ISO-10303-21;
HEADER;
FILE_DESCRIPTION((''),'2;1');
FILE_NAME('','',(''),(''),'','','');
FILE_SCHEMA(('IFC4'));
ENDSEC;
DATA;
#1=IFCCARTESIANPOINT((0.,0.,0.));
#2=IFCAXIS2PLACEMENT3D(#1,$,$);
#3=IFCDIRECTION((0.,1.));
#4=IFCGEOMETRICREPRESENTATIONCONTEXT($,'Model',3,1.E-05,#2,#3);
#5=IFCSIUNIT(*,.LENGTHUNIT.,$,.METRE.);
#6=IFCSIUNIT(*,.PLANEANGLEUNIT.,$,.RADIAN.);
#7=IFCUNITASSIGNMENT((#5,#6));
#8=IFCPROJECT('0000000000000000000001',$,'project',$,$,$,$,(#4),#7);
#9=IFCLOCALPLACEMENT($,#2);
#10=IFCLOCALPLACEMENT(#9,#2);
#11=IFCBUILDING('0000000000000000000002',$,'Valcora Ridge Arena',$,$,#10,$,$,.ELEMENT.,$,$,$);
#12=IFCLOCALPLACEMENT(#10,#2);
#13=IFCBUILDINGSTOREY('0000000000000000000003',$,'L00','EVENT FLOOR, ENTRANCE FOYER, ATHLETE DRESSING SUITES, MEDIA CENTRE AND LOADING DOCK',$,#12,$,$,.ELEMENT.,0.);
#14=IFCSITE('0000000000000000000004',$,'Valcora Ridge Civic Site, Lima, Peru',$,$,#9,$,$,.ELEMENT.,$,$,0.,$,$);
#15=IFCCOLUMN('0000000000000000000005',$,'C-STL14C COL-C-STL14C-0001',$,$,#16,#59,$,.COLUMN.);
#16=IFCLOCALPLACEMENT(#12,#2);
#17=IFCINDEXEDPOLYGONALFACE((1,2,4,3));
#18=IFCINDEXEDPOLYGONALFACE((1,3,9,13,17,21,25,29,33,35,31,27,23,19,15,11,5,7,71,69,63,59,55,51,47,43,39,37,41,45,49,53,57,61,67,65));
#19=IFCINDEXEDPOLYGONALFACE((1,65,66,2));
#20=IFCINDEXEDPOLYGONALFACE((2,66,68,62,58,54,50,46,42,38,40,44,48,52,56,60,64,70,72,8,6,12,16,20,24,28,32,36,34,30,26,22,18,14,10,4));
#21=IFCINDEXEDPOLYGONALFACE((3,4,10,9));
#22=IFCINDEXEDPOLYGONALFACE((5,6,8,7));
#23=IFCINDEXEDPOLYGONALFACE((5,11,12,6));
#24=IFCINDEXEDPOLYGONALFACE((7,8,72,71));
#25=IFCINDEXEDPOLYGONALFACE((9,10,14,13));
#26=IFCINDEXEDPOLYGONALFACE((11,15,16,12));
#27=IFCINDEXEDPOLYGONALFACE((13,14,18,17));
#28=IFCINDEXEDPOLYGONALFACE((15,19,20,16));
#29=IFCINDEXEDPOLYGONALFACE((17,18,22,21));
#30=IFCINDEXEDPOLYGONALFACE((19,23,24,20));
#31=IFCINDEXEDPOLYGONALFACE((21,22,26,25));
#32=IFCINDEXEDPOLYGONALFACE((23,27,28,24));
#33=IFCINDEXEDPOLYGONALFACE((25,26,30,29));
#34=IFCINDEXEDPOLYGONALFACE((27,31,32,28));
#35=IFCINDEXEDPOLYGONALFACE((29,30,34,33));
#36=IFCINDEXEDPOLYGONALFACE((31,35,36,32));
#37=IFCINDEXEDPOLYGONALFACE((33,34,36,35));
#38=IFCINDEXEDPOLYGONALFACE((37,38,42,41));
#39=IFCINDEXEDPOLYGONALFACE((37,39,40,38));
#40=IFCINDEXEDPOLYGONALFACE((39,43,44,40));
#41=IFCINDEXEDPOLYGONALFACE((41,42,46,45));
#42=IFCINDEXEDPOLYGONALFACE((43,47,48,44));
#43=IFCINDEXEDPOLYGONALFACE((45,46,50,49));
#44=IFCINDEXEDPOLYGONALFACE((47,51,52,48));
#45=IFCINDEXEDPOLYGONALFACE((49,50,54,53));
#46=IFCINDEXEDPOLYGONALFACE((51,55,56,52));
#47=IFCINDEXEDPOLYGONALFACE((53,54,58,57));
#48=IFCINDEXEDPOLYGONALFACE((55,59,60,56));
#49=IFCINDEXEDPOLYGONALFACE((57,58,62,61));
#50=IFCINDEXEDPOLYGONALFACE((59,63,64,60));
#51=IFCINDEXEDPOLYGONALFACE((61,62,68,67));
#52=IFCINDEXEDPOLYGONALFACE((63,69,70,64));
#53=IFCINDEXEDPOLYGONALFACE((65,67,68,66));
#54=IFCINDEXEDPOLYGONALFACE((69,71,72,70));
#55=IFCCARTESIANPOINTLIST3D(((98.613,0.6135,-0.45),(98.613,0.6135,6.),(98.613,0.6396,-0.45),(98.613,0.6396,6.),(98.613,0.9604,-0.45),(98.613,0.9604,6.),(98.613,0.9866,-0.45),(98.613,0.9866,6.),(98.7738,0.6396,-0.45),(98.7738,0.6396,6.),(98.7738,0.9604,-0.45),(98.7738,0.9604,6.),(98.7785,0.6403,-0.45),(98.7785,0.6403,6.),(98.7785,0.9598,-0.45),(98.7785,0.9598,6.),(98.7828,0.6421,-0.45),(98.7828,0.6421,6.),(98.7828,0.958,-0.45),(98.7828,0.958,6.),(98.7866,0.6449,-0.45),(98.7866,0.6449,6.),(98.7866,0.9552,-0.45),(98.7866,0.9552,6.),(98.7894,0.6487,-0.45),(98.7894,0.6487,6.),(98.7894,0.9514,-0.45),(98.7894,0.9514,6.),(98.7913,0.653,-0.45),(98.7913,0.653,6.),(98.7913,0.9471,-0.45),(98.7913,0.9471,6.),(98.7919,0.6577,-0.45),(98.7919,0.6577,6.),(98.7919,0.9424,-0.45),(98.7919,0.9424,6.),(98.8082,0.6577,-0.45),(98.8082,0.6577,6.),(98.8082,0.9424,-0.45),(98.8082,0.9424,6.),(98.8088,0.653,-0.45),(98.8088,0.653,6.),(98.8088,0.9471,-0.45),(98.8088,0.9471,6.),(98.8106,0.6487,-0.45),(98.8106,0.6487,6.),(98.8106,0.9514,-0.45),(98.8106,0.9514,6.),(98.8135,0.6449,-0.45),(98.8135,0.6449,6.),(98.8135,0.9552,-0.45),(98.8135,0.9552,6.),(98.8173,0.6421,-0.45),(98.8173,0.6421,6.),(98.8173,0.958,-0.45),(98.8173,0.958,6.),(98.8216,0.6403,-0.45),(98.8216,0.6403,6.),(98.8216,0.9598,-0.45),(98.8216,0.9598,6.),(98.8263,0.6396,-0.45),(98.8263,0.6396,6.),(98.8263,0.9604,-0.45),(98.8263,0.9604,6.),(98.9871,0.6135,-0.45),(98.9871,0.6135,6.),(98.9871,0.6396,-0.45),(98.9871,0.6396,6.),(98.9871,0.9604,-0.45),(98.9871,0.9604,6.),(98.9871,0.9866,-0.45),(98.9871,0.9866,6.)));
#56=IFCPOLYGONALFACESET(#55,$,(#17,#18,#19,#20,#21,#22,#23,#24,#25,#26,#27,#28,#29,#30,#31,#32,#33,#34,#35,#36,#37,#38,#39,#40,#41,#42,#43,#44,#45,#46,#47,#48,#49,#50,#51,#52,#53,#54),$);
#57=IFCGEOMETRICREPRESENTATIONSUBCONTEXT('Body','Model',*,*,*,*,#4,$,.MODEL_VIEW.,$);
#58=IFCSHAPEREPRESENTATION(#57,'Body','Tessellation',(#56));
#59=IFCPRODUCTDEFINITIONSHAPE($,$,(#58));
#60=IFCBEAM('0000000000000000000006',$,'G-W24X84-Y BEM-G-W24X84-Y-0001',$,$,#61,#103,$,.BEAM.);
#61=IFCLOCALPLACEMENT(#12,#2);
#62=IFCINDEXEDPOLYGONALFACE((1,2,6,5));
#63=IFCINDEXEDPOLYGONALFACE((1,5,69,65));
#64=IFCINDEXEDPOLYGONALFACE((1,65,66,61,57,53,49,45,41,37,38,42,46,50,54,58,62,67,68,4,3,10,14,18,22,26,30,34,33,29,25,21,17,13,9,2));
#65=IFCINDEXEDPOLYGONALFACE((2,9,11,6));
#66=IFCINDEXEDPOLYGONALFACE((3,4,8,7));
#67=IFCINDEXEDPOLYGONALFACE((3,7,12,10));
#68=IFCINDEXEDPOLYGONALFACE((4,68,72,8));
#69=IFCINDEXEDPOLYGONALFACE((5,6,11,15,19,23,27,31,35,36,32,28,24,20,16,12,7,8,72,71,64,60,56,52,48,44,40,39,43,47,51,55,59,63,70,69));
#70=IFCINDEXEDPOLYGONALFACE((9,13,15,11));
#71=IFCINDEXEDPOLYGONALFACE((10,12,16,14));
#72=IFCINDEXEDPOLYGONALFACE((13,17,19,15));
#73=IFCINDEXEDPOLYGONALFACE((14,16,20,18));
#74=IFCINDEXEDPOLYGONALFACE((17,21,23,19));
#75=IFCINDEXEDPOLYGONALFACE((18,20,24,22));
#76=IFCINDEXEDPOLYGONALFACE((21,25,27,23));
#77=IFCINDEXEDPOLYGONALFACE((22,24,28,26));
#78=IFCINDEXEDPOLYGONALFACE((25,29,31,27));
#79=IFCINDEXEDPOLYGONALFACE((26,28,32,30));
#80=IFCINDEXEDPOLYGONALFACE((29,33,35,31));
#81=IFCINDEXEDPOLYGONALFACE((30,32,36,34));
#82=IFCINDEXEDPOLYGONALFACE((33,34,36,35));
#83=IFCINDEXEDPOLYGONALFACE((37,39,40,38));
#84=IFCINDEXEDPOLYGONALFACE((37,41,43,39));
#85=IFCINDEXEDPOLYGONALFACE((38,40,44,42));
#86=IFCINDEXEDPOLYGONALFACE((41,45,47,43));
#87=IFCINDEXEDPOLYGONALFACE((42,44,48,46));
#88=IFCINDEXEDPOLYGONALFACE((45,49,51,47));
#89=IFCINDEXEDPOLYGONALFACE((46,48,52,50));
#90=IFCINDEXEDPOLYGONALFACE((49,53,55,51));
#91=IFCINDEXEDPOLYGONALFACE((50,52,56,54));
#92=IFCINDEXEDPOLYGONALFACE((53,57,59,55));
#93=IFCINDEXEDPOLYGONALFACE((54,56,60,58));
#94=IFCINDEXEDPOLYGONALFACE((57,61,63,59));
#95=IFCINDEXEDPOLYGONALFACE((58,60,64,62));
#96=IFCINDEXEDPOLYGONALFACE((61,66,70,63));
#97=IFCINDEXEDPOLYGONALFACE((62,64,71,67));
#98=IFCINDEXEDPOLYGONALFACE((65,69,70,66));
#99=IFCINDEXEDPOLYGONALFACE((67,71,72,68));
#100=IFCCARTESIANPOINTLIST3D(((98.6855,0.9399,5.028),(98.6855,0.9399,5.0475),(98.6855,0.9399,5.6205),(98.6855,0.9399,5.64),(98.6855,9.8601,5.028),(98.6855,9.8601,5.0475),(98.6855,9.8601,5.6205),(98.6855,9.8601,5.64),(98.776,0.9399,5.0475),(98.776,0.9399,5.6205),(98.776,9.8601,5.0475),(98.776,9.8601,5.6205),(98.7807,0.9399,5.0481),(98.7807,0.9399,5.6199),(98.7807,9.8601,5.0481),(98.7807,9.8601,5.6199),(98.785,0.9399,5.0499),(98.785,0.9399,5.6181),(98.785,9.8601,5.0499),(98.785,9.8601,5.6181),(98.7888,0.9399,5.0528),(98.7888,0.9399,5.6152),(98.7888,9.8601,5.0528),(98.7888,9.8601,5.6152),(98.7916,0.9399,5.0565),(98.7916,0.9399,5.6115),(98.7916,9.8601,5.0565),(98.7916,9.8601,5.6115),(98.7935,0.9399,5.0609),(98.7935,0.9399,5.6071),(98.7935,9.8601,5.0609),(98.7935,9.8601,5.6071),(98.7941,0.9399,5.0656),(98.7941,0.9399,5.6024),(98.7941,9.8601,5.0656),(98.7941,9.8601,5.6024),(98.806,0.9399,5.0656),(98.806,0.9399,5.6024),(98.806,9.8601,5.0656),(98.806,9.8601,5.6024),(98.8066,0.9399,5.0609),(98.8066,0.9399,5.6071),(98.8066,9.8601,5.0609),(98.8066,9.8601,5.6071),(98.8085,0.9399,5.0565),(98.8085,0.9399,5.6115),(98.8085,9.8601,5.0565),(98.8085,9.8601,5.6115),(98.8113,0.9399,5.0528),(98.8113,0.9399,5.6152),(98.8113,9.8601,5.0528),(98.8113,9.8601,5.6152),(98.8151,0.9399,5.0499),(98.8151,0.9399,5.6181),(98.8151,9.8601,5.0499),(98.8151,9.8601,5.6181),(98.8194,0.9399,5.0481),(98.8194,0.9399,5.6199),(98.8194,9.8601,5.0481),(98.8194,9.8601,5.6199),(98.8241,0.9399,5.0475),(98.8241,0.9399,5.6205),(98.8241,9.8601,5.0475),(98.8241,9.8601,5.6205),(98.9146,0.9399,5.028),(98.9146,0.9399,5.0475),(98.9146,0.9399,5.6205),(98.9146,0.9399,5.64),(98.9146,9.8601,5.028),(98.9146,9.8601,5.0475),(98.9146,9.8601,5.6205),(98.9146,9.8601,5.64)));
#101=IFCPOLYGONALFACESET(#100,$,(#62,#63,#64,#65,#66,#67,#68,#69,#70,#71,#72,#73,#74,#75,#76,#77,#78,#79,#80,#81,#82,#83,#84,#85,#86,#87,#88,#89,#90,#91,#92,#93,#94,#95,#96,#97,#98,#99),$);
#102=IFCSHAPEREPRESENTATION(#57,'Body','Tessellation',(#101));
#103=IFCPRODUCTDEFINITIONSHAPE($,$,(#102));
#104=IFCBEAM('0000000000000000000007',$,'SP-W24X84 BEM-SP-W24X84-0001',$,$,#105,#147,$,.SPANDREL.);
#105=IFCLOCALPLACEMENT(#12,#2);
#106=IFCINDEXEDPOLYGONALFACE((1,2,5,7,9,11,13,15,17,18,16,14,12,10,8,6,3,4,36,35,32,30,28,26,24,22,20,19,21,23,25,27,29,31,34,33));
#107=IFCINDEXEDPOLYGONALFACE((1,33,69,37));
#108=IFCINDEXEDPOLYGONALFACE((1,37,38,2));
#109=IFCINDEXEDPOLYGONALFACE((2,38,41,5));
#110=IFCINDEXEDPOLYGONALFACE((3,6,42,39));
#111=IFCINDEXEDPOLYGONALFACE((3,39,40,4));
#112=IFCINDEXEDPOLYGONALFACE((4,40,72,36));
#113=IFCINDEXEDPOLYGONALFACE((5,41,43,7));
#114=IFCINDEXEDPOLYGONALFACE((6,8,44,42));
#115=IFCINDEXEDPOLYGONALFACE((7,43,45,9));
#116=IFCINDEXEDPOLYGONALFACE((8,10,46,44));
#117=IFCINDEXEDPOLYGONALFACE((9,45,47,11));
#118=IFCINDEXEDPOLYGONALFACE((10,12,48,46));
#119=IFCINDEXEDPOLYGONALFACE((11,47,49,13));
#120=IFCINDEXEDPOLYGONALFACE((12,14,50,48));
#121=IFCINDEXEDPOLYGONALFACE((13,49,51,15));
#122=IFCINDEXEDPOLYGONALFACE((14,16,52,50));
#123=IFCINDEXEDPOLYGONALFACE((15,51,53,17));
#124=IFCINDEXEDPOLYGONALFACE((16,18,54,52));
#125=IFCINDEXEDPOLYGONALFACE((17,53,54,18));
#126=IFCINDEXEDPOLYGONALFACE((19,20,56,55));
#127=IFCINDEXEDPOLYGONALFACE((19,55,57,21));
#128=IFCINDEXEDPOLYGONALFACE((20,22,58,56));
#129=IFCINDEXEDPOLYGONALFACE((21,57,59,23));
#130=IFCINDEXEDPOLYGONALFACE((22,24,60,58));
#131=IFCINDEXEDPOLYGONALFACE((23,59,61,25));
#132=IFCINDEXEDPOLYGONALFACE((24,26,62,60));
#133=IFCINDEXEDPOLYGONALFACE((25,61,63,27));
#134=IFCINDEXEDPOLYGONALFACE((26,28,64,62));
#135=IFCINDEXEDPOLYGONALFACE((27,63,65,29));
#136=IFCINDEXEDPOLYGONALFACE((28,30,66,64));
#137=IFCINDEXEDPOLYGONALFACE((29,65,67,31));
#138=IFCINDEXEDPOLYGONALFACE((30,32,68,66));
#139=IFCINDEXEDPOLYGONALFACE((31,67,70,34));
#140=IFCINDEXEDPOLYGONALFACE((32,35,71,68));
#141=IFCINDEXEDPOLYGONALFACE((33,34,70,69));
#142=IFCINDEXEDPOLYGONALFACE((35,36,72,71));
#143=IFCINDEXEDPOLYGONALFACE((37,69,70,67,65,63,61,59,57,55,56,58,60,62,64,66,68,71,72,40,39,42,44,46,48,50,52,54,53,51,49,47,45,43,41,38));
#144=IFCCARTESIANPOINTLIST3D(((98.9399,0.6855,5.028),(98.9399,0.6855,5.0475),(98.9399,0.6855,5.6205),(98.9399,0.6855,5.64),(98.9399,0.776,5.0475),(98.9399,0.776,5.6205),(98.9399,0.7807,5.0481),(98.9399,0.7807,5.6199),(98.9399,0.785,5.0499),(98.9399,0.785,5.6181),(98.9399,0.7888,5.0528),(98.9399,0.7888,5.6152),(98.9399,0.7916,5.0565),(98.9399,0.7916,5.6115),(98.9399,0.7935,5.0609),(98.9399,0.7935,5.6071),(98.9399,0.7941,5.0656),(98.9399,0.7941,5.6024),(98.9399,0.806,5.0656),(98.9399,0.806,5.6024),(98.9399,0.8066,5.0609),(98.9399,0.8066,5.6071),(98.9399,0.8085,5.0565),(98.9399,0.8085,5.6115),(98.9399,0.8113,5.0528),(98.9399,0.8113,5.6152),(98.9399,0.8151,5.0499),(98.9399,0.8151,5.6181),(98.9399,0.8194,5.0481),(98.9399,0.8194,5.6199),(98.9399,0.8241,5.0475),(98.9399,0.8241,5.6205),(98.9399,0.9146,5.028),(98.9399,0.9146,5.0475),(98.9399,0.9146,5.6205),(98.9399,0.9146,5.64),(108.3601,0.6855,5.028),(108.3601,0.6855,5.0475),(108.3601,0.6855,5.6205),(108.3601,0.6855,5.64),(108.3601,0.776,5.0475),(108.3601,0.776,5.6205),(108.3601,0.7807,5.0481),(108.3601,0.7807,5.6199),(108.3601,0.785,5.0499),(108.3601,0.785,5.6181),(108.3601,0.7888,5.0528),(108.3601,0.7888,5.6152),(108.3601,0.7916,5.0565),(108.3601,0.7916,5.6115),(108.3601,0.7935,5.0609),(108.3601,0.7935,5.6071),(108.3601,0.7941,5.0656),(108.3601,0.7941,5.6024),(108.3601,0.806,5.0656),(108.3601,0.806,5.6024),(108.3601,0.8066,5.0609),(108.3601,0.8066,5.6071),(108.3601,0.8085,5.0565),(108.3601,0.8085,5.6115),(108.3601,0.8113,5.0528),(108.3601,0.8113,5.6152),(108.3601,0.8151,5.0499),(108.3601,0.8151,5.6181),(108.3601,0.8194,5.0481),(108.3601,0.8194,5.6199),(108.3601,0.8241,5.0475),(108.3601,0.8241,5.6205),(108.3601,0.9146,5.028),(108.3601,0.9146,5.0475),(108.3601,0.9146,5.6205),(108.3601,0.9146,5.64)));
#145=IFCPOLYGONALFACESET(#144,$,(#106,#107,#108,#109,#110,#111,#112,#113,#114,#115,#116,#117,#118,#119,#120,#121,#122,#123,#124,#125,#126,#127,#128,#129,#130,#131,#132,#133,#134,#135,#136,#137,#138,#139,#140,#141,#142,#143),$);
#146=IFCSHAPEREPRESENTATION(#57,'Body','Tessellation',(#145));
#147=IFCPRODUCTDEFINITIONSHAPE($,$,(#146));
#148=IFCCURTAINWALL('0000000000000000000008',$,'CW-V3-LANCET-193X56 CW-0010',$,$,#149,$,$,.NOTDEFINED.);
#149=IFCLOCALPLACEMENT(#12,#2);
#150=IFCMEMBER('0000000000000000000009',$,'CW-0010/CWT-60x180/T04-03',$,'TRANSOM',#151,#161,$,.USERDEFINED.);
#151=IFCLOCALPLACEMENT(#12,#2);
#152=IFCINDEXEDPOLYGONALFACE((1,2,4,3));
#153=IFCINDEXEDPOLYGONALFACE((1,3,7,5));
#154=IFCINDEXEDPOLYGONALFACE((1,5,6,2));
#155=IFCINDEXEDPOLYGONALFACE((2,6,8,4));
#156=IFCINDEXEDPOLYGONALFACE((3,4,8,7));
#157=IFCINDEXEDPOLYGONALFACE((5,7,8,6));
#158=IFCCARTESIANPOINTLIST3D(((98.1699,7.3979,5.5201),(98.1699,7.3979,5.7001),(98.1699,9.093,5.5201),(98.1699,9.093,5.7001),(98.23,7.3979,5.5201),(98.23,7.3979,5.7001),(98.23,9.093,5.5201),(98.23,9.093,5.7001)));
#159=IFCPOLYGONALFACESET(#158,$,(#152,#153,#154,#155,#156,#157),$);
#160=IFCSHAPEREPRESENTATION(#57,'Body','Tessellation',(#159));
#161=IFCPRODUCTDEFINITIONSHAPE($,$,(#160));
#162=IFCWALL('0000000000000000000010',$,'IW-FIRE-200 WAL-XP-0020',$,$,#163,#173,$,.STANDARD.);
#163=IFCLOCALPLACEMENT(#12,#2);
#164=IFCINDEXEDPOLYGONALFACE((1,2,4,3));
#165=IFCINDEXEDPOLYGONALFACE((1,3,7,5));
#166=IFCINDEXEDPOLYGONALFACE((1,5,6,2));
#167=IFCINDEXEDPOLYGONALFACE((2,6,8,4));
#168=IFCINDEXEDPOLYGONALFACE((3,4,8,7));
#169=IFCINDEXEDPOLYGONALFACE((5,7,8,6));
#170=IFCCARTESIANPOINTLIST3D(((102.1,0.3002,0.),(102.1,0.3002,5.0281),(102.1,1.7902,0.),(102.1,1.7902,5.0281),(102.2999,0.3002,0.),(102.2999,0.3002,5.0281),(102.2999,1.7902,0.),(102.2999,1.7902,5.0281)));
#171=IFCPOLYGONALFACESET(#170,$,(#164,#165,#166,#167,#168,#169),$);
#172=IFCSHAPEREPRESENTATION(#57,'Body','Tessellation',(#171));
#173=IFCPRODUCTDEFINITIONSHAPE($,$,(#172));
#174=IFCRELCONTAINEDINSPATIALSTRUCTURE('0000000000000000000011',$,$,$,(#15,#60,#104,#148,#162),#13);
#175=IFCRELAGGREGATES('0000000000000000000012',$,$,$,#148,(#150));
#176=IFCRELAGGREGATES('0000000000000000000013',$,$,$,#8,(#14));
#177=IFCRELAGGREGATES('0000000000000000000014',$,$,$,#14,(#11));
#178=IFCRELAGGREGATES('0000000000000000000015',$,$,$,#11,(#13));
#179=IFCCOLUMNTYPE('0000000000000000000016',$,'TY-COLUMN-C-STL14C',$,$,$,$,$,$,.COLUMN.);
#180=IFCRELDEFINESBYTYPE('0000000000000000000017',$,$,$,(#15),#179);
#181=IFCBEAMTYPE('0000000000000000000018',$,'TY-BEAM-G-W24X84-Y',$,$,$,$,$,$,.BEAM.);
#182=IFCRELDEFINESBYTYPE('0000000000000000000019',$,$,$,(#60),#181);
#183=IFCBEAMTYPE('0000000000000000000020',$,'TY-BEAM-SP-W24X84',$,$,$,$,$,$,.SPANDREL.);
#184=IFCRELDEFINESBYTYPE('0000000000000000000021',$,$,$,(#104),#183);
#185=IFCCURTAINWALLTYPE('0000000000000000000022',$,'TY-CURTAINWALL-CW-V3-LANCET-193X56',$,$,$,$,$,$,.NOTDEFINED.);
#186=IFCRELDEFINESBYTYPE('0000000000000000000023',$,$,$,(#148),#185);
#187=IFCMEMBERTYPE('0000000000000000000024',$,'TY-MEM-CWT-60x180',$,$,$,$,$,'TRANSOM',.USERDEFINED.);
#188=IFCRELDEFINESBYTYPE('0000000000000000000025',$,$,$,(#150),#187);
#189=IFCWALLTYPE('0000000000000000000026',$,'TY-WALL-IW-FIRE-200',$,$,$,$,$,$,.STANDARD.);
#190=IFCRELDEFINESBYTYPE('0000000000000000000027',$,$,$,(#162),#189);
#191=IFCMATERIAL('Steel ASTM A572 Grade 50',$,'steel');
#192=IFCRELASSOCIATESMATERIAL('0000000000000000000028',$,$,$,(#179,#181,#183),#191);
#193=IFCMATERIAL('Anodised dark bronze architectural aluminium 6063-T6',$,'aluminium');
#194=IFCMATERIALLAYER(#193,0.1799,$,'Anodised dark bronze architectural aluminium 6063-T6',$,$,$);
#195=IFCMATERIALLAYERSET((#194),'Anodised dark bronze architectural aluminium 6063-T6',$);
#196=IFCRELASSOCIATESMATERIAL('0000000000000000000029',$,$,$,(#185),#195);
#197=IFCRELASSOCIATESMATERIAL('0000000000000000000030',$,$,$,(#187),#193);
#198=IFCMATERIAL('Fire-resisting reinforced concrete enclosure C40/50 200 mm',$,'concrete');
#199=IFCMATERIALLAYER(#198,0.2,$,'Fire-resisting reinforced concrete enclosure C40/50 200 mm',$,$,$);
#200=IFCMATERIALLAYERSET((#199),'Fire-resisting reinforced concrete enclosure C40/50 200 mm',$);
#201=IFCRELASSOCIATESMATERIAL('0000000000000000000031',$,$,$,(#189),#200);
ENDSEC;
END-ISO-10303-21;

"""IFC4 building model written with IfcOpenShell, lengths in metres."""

from ifc_helpers import new_model, si_unit, direction, frame, frame_2d, origin, origin_2d, place, context, subcontext, project, spatial, rectangle, i_section, extrude, material, layer, layer_set, material_profile, profile_set, type_object, element, aggregate, save


model = new_model("IFC4")

# Units and contexts
model_context = context("Model", 3, precision=1e-05, world=origin(), true_north=direction((0.0, 1.0)))
body_context = subcontext(model_context, "Body", "Model", "MODEL_VIEW")
ifc_project = project(units=[si_unit("LENGTHUNIT", "METRE"), si_unit("PLANEANGLEUNIT", "RADIAN")], contexts=[model_context])

# Site, building, storey
site_placement = place(None, origin())
site = spatial("IfcSite", under=ifc_project, at=site_placement, Name="Valcora Ridge Civic Site, Lima, Peru", CompositionType="ELEMENT", RefElevation=0.0)
building_placement = place(site_placement, origin())
building = spatial("IfcBuilding", under=site, at=building_placement, Name="Valcora Ridge Arena", CompositionType="ELEMENT")
storey_placement = place(building_placement, origin())
storey = spatial("IfcBuildingStorey", under=building, at=storey_placement, Name="L00", Description="EVENT FLOOR, ENTRANCE FOYER, ATHLETE DRESSING SUITES, MEDIA CENTRE AND LOADING DOCK", CompositionType="ELEMENT", Elevation=0.0)

# Shared definitions
ifc_material_1 = material(Name="Fire-resisting reinforced concrete enclosure C40/50 200 mm", Category="concrete")

# Column
ifc_material_2 = material(Name="Steel ASTM A572 Grade 50", Category="steel")
ifc_material_profile_1 = material_profile(ifc_material_2, i_section(OverallWidth=0.374, OverallDepth=0.373, WebThickness=0.0164, FlangeThickness=0.0261, FilletRadius=0.0181, at=origin_2d()), Name="W14X132")
ifc_profile_set_1 = profile_set([ifc_material_profile_1], Name="Steel ASTM A572 Grade 50")
column_type = type_object("IfcColumnType", Name="TY-COLUMN-C-STL14C", PredefinedType="COLUMN", material=ifc_profile_set_1)
column_placement = place(storey_placement, frame((98.8, 0.8, -0.45), z_axis=(0.0, 0.0, 1.0), x_axis=(1.0, 0.0, 0.0)))
element("IfcColumn", 1, at=column_placement, inside=storey, type_object=column_type, Name="C-STL14C COL-C-STL14C-0001", PredefinedType="COLUMN", context=body_context, shape_type="SweptSolid", body=[
    extrude(i_section(OverallWidth=0.374, OverallDepth=0.373, WebThickness=0.0164, FlangeThickness=0.0261, FilletRadius=0.0181, at=origin_2d()), origin(), (0.0, 0.0, 1.0), 6.45),
])

# Beams
ifc_material_profile_2 = material_profile(ifc_material_2, i_section(OverallWidth=0.229, OverallDepth=0.6121, WebThickness=0.012, FlangeThickness=0.0195, FilletRadius=0.0181, at=origin_2d()), Name="W24X84")
ifc_profile_set_2 = profile_set([ifc_material_profile_2], Name="Steel ASTM A572 Grade 50")
beam_type_1 = type_object("IfcBeamType", Name="TY-BEAM-G-W24X84-Y", PredefinedType="BEAM", material=ifc_profile_set_2)
beam_1_placement = place(storey_placement, frame((98.8, 0.9399, 5.334), z_axis=(0.0, 1.0, 0.0), x_axis=(-1.0, 0.0, 0.0)))
element("IfcBeam", 2, at=beam_1_placement, inside=storey, type_object=beam_type_1, Name="G-W24X84-Y BEM-G-W24X84-Y-0001", PredefinedType="BEAM", context=body_context, shape_type="SweptSolid", body=[
    extrude(i_section(OverallWidth=0.229, OverallDepth=0.6121, WebThickness=0.012, FlangeThickness=0.0195, FilletRadius=0.0181, at=origin_2d()), origin(), (0.0, 0.0, 1.0), 8.9202),
])
ifc_material_profile_3 = material_profile(ifc_material_2, i_section(OverallWidth=0.229, OverallDepth=0.6121, WebThickness=0.012, FlangeThickness=0.0195, FilletRadius=0.0181, at=origin_2d()), Name="W24X84")
ifc_profile_set_3 = profile_set([ifc_material_profile_3], Name="Steel ASTM A572 Grade 50")
beam_type_2 = type_object("IfcBeamType", Name="TY-BEAM-SP-W24X84", PredefinedType="SPANDREL", material=ifc_profile_set_3)
beam_2_placement = place(storey_placement, frame((98.9399, 0.8, 5.334), z_axis=(1.0, 0.0, 0.0), x_axis=(0.0, 1.0, 0.0)))
element("IfcBeam", 3, at=beam_2_placement, inside=storey, type_object=beam_type_2, Name="SP-W24X84 BEM-SP-W24X84-0001", PredefinedType="SPANDREL", context=body_context, shape_type="SweptSolid", body=[
    extrude(i_section(OverallWidth=0.229, OverallDepth=0.6121, WebThickness=0.012, FlangeThickness=0.0195, FilletRadius=0.0181, at=origin_2d()), origin(), (0.0, 0.0, 1.0), 9.4202),
])

# Curtain wall, member
ifc_material_3 = material(Name="Anodised dark bronze architectural aluminium 6063-T6", Category="aluminium")
ifc_layer_1 = layer(ifc_material_3, 0.1799, Name="Anodised dark bronze architectural aluminium 6063-T6")
ifc_layer_set_1 = layer_set([ifc_layer_1], Name="Anodised dark bronze architectural aluminium 6063-T6")
curtain_wall_type = type_object("IfcCurtainWallType", Name="TY-CURTAINWALL-CW-V3-LANCET-193X56", PredefinedType="NOTDEFINED", material=ifc_layer_set_1)
curtain_wall_placement = place(storey_placement, origin())
curtain_wall = element("IfcCurtainWall", 4, at=curtain_wall_placement, inside=storey, type_object=curtain_wall_type, Name="CW-V3-LANCET-193X56 CW-0010", PredefinedType="NOTDEFINED")
ifc_material_profile_4 = material_profile(ifc_material_3, rectangle(XDim=0.0601, YDim=0.1799, at=origin_2d()), Name="ALU TRANSOM 60x180")
ifc_profile_set_4 = profile_set([ifc_material_profile_4], Name="Anodised dark bronze architectural aluminium 6063-T6")
member_type = type_object("IfcMemberType", Name="TY-MEM-CWT-60x180", ElementType="TRANSOM", PredefinedType="USERDEFINED", material=ifc_profile_set_4)
member_placement = place(storey_placement, frame((98.2, 7.3979, 5.6101), z_axis=(0.0, 1.0, 0.0), x_axis=(-1.0, 0.0, 0.0)))
member = element("IfcMember", 5, at=member_placement, type_object=member_type, Name="CW-0010/CWT-60x180/T04-03", ObjectType="TRANSOM", PredefinedType="USERDEFINED", context=body_context, shape_type="SweptSolid", body=[
    extrude(rectangle(XDim=0.0601, YDim=0.1799, at=origin_2d()), origin(), (0.0, 0.0, 1.0), 1.6951),
])
aggregate(curtain_wall, [member])

# Wall
ifc_layer_2 = layer(ifc_material_1, 0.2, Name="Fire-resisting reinforced concrete enclosure C40/50 200 mm")
ifc_layer_set_2 = layer_set([ifc_layer_2], Name="Fire-resisting reinforced concrete enclosure C40/50 200 mm")
wall_type_1 = type_object("IfcWallType", Name="TY-WALL-IW-FIRE-200", PredefinedType="STANDARD", material=ifc_layer_set_2)
wall_1_placement = place(storey_placement, frame((102.2, 0.3, 0.0), z_axis=(0.0, 0.0, 1.0), x_axis=(0.0, 1.0, 0.0)))
element("IfcWall", 6, at=wall_1_placement, inside=storey, type_object=wall_type_1, Name="IW-FIRE-200 WAL-XP-0020", PredefinedType="STANDARD", context=body_context, shape_type="SweptSolid", body=[
    extrude(rectangle(XDim=1.49, YDim=0.2, at=frame_2d((0.7451, 0.0))), origin(), (0.0, 0.0, 1.0), 5.0281),
])

save(model, "model.ifc")
